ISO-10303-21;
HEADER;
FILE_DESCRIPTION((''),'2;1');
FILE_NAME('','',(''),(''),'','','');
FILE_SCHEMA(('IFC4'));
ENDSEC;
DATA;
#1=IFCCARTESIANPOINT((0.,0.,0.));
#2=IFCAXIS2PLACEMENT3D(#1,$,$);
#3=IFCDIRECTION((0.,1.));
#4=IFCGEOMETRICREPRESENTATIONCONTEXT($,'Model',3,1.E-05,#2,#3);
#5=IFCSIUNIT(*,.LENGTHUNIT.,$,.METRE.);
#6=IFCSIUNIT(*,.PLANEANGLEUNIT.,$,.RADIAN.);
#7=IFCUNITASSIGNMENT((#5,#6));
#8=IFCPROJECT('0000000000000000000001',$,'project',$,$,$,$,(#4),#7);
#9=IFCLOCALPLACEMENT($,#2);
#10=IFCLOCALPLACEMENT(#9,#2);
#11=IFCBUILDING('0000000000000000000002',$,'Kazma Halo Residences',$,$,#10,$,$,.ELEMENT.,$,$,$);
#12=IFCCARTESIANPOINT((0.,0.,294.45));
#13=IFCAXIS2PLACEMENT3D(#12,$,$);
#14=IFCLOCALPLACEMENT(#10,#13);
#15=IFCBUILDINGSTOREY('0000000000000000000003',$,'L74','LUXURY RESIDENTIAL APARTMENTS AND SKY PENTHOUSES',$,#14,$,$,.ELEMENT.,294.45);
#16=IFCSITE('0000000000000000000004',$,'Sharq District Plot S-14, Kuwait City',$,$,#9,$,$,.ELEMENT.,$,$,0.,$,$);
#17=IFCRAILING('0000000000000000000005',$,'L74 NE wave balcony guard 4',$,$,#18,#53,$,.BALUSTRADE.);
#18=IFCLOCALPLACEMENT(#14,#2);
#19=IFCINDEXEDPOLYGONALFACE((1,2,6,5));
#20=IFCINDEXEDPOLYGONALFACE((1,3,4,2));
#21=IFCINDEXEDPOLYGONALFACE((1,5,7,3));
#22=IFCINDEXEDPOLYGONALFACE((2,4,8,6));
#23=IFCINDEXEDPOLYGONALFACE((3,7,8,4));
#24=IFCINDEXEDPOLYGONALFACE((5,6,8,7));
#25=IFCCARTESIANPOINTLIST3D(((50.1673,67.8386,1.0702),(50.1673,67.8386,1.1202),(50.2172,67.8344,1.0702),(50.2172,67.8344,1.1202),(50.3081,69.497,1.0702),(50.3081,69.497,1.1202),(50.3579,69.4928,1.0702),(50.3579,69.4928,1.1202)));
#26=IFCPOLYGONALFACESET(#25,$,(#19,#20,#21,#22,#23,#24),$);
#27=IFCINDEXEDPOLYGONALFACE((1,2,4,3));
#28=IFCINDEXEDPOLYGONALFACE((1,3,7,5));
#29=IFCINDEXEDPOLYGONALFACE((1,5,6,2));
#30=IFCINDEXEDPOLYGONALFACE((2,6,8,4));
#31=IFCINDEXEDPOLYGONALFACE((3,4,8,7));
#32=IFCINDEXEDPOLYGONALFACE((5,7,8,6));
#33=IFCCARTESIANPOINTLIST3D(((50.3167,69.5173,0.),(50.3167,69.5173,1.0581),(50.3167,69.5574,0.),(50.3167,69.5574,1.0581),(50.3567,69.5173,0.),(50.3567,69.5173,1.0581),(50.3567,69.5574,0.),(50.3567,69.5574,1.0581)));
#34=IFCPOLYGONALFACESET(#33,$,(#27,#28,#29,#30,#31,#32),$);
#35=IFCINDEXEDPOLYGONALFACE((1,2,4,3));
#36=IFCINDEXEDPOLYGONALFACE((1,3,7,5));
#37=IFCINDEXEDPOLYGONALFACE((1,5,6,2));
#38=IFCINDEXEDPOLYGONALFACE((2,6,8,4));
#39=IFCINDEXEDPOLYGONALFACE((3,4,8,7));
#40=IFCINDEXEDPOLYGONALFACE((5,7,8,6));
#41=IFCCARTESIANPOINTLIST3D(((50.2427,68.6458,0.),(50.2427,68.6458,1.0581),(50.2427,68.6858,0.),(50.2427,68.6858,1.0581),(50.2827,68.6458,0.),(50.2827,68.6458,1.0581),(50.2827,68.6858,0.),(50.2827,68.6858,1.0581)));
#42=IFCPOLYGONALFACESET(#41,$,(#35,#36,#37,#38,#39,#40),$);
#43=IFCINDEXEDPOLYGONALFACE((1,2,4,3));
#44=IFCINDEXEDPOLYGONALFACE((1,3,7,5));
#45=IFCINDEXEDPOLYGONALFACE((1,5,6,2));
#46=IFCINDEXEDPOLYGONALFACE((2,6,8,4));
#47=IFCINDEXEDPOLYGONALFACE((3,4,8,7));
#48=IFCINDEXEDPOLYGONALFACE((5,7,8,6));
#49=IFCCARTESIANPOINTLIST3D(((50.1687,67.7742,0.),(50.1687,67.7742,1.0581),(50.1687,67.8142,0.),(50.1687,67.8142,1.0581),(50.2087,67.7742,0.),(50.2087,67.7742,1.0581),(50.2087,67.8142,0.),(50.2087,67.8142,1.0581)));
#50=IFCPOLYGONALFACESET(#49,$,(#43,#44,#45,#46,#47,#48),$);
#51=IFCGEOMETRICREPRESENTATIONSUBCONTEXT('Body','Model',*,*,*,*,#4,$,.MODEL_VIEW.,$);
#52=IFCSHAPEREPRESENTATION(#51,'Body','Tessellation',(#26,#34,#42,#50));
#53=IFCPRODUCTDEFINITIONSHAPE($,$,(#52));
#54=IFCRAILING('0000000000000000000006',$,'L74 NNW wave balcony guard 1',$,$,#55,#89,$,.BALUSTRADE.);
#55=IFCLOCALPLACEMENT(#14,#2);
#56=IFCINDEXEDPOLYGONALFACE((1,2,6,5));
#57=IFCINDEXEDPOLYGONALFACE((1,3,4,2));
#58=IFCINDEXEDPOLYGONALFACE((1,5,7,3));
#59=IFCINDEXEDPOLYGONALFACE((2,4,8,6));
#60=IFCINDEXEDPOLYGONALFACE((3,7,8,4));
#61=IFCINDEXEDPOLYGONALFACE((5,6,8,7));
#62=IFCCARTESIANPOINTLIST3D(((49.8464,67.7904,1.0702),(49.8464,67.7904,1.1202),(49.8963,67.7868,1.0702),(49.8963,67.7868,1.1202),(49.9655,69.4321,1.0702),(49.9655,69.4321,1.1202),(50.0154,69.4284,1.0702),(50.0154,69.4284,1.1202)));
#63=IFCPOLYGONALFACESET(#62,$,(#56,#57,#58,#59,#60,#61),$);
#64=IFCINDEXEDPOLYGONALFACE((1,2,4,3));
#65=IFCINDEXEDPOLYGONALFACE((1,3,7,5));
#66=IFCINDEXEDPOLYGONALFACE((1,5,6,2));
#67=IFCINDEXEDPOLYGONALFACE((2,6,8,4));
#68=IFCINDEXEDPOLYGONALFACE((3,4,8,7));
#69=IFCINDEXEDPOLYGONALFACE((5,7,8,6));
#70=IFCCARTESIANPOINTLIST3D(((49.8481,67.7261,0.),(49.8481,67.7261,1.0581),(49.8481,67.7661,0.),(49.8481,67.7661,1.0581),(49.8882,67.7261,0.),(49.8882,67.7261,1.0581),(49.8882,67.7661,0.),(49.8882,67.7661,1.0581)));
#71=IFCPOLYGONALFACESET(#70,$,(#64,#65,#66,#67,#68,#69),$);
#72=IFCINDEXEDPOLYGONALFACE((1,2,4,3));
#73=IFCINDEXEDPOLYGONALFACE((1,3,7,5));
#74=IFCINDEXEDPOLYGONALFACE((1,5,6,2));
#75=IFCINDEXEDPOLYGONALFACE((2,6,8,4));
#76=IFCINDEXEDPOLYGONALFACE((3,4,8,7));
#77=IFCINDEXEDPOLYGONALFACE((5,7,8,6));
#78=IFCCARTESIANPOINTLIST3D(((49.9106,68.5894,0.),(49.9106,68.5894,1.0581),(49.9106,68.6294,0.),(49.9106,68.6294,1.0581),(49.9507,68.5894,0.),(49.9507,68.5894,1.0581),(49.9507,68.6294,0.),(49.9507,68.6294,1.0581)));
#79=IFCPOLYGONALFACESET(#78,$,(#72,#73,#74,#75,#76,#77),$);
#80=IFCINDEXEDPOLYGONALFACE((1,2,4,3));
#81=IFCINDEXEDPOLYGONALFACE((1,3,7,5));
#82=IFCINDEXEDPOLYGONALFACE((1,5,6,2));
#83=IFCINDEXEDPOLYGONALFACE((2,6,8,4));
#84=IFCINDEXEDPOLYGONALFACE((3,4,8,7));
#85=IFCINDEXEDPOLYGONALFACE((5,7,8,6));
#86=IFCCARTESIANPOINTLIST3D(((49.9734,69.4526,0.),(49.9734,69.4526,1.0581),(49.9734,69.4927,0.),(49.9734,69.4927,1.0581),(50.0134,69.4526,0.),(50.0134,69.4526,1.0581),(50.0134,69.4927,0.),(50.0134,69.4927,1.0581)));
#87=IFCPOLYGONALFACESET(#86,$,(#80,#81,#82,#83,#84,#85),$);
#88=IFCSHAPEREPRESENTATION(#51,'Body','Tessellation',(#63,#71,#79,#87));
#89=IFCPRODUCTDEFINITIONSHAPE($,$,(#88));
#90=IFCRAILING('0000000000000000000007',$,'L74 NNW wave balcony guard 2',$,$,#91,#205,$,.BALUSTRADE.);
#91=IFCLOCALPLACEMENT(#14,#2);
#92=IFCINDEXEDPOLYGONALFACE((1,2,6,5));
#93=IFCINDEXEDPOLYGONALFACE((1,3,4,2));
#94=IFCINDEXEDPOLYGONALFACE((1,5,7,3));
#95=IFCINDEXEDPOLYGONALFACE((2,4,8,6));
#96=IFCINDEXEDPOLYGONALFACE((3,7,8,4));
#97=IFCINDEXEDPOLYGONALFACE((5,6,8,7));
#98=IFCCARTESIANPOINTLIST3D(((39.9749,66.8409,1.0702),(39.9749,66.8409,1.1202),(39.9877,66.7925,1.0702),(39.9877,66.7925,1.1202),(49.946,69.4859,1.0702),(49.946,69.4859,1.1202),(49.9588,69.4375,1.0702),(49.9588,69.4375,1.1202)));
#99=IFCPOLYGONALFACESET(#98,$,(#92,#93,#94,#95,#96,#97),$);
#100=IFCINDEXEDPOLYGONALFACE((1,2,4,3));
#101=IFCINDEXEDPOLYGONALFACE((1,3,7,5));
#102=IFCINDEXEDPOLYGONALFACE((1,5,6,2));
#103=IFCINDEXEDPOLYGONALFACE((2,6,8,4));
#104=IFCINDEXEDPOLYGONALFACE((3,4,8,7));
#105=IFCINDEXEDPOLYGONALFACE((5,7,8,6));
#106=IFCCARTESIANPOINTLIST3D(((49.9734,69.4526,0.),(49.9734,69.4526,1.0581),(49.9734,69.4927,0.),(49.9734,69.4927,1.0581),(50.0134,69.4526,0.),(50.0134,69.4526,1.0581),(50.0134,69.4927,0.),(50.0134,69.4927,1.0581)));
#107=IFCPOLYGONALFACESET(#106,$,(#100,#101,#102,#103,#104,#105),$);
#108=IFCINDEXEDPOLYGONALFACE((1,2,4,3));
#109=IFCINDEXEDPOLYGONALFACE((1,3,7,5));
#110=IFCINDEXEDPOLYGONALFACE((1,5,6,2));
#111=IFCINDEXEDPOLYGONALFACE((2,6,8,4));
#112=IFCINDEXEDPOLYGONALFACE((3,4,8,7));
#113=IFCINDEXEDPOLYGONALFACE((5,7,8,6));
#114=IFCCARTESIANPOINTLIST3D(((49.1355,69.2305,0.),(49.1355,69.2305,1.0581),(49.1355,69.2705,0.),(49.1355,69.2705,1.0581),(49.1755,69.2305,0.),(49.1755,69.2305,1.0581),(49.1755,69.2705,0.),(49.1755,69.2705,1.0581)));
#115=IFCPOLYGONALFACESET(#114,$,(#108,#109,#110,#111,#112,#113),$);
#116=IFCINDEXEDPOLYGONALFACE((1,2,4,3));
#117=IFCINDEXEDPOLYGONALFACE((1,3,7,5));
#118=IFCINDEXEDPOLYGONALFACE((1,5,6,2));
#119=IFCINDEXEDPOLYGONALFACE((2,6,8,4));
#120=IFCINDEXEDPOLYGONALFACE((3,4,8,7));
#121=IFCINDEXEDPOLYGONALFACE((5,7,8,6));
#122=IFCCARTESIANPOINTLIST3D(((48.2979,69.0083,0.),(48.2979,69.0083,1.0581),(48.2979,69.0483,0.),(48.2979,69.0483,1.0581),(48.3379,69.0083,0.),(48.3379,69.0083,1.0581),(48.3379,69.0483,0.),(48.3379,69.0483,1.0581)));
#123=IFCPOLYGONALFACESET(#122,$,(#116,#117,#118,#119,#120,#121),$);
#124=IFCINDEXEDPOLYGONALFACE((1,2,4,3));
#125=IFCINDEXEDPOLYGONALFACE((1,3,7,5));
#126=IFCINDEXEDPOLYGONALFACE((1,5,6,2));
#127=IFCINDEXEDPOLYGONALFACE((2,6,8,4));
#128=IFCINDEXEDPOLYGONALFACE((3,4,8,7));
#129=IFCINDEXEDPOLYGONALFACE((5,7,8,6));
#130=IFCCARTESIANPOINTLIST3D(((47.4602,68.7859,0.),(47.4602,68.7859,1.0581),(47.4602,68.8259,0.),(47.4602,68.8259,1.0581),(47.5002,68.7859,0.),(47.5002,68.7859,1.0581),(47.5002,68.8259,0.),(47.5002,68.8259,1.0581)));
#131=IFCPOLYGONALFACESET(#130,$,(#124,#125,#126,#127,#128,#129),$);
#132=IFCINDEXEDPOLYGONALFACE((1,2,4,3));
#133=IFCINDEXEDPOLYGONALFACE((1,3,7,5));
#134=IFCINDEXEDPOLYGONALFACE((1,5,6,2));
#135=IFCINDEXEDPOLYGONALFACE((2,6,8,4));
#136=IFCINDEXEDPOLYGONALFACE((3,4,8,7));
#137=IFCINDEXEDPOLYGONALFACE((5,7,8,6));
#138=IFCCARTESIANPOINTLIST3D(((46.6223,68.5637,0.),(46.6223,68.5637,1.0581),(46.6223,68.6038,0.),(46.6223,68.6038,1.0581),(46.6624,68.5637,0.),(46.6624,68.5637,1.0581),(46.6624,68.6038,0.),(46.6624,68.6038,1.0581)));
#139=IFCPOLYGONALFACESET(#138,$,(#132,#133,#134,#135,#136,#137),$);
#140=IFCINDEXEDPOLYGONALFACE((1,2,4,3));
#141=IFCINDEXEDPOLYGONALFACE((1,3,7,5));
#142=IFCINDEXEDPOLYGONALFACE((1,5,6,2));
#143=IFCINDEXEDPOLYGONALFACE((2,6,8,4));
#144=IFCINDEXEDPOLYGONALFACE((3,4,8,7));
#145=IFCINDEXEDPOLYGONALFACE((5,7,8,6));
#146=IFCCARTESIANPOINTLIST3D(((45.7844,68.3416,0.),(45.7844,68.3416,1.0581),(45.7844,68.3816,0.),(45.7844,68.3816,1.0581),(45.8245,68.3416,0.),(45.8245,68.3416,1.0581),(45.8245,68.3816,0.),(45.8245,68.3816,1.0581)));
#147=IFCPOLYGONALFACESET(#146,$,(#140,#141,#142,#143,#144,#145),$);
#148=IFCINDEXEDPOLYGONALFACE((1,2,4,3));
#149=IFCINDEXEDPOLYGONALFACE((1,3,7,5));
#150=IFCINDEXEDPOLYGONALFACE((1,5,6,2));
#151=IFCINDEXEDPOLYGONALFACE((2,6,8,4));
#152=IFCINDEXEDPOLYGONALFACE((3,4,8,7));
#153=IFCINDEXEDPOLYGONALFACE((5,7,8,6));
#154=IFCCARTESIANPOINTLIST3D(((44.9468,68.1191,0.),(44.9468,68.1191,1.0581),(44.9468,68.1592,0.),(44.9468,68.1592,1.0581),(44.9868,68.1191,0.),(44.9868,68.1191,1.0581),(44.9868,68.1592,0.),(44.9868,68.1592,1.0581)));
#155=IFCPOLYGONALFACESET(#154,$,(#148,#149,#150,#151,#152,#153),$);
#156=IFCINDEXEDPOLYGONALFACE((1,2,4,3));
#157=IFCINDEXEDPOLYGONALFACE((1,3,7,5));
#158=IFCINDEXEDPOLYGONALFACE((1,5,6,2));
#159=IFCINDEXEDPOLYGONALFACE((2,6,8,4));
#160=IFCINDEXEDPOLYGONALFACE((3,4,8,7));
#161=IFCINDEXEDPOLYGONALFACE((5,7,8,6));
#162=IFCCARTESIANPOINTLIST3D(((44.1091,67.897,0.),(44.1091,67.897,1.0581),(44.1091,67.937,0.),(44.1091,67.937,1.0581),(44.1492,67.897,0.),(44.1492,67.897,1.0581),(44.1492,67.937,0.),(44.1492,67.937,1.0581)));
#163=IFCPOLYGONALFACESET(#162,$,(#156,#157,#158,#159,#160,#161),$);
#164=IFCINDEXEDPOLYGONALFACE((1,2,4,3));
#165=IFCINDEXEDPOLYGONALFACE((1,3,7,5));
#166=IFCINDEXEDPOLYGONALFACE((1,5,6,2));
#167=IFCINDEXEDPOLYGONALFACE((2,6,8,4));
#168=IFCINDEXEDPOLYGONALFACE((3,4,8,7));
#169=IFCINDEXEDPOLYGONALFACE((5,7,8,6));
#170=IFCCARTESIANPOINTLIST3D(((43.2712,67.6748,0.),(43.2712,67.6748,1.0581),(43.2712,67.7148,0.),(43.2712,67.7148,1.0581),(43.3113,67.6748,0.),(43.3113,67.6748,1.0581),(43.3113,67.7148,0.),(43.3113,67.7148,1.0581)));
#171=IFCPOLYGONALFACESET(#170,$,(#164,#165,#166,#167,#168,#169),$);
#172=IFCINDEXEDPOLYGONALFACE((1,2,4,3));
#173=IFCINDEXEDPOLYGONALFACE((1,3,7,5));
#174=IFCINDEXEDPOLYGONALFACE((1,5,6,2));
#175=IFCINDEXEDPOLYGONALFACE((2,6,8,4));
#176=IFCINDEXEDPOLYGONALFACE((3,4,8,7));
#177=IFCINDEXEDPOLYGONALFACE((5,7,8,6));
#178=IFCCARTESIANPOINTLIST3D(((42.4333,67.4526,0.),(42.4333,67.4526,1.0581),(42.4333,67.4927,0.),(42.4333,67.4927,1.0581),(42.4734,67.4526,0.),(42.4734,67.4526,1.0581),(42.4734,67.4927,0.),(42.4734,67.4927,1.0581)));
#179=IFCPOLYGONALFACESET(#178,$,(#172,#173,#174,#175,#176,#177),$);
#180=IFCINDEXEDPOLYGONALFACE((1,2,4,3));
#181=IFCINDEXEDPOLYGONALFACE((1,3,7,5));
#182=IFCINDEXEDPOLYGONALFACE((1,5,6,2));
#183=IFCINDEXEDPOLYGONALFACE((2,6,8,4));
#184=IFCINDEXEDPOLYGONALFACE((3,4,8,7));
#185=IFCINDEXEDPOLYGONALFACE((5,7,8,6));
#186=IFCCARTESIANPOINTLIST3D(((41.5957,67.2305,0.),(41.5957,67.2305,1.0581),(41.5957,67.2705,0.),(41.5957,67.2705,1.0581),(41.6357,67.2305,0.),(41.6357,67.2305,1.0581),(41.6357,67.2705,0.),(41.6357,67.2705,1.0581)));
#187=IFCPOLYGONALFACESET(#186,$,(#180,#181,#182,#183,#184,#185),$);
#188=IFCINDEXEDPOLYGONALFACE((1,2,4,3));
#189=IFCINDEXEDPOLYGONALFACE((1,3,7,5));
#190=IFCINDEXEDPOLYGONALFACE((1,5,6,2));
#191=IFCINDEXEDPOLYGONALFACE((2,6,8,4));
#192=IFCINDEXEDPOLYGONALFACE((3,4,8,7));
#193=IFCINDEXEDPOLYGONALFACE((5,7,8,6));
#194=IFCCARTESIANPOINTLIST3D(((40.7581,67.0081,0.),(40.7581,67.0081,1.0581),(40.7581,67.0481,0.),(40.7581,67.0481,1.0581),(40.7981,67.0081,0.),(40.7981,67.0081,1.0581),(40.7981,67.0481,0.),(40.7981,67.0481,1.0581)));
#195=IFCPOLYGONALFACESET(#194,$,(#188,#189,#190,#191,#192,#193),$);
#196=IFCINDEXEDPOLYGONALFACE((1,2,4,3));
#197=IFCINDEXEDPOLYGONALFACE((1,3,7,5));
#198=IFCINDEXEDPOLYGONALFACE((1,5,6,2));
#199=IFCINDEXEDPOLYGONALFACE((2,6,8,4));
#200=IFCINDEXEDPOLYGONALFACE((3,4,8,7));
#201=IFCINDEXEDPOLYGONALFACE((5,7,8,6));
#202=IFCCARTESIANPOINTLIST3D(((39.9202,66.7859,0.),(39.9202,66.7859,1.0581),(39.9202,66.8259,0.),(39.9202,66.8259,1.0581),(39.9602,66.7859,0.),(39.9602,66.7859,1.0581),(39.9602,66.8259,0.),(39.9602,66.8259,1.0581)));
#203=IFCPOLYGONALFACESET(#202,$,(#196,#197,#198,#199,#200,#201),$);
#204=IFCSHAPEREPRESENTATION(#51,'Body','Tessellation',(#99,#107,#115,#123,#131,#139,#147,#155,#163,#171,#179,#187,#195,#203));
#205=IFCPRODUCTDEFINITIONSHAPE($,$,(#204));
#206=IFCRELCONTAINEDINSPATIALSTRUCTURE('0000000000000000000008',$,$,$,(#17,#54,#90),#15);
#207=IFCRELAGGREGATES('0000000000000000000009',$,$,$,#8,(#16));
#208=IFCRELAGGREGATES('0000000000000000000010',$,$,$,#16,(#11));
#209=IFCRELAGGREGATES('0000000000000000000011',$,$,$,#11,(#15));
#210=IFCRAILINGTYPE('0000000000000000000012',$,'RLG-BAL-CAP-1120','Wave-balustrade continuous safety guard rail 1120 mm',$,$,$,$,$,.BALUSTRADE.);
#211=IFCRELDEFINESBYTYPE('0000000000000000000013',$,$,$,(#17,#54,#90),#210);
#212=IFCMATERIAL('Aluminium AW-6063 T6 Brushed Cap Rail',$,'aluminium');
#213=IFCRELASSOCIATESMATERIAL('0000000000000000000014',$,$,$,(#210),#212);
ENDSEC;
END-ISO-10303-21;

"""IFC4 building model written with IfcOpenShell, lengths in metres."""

from ifc_helpers import new_model, si_unit, direction, frame, origin, origin_2d, place, context, subcontext, project, spatial, rectangle, extrude, material, type_object, element, save


model = new_model("IFC4")

# Units and contexts
model_context = context("Model", 3, precision=1e-05, world=origin(), true_north=direction((0.0, 1.0)))
body_context = subcontext(model_context, "Body", "Model", "MODEL_VIEW")
ifc_project = project(units=[si_unit("LENGTHUNIT", "METRE"), si_unit("PLANEANGLEUNIT", "RADIAN")], contexts=[model_context])

# Site, building, storey
site_placement = place(None, origin())
site = spatial("IfcSite", under=ifc_project, at=site_placement, Name="Sharq District Plot S-14, Kuwait City", CompositionType="ELEMENT", RefElevation=0.0)
building_placement = place(site_placement, origin())
building = spatial("IfcBuilding", under=site, at=building_placement, Name="Kazma Halo Residences", CompositionType="ELEMENT")
storey_placement = place(building_placement, frame((0.0, 0.0, 294.45)))
storey = spatial("IfcBuildingStorey", under=building, at=storey_placement, Name="L74", Description="LUXURY RESIDENTIAL APARTMENTS AND SKY PENTHOUSES", CompositionType="ELEMENT", Elevation=294.45)

# Railings
ifc_material_1 = material(Name="Aluminium AW-6063 T6 Brushed Cap Rail", Category="aluminium")
railing_type = type_object("IfcRailingType", Name="RLG-BAL-CAP-1120", Description="Wave-balustrade continuous safety guard rail 1120 mm", PredefinedType="BALUSTRADE", material=ifc_material_1)
railing_1_placement = place(storey_placement, frame((50.3367, 69.5374, 0.0)))
element("IfcRailing", 1, at=railing_1_placement, inside=storey, type_object=railing_type, Name="L74 NE wave balcony guard 4", PredefinedType="BALUSTRADE", context=body_context, shape_type="SweptSolid", body=[
    extrude(rectangle(XDim=0.05, YDim=0.05, at=origin_2d()), frame((-0.0037, -0.0425, 1.0952), z_axis=(-0.08457, -0.996418, 0.0), x_axis=(0.996418, -0.08457, 0.0)), (0.0, 0.0, 1.0), 1.6643),
    extrude(rectangle(XDim=0.04, YDim=0.04, at=origin_2d()), origin(), (0.0, 0.0, 1.0), 1.0581),
    extrude(rectangle(XDim=0.04, YDim=0.04, at=origin_2d()), frame((-0.074, -0.8716, 0.0)), (0.0, 0.0, 1.0), 1.0581),
    extrude(rectangle(XDim=0.04, YDim=0.04, at=origin_2d()), frame((-0.1479, -1.7432, 0.0)), (0.0, 0.0, 1.0), 1.0581),
])
railing_2_placement = place(storey_placement, frame((49.8682, 67.7461, 0.0)))
element("IfcRailing", 2, at=railing_2_placement, inside=storey, type_object=railing_type, Name="L74 NNW wave balcony guard 1", PredefinedType="BALUSTRADE", context=body_context, shape_type="SweptSolid", body=[
    extrude(rectangle(XDim=0.05, YDim=0.05, at=origin_2d()), frame((0.0032, 0.0425, 1.0952), z_axis=(0.072349, 0.997379, 0.0), x_axis=(-0.997379, 0.072349, 0.0)), (0.0, 0.0, 1.0), 1.646),
    extrude(rectangle(XDim=0.04, YDim=0.04, at=origin_2d()), origin(), (0.0, 0.0, 1.0), 1.0581),
    extrude(rectangle(XDim=0.04, YDim=0.04, at=origin_2d()), frame((0.0625, 0.8633, 0.0)), (0.0, 0.0, 1.0), 1.0581),
    extrude(rectangle(XDim=0.04, YDim=0.04, at=origin_2d()), frame((0.1252, 1.7266, 0.0)), (0.0, 0.0, 1.0), 1.0581),
])
railing_3_placement = place(storey_placement, frame((49.9934, 69.4727, 0.0)))
element("IfcRailing", 3, at=railing_3_placement, inside=storey, type_object=railing_type, Name="L74 NNW wave balcony guard 2", PredefinedType="BALUSTRADE", context=body_context, shape_type="SweptSolid", body=[
    extrude(rectangle(XDim=0.05, YDim=0.05, at=origin_2d()), frame((-0.041, -0.011, 1.0952), z_axis=(-0.966572, -0.256396, 0.0), x_axis=(0.256396, -0.966572, 0.0)), (0.0, 0.0, 1.0), 10.3159),
    extrude(rectangle(XDim=0.04, YDim=0.04, at=origin_2d()), origin(), (0.0, 0.0, 1.0), 1.0581),
    extrude(rectangle(XDim=0.04, YDim=0.04, at=origin_2d()), frame((-0.8379, -0.2222, 0.0)), (0.0, 0.0, 1.0), 1.0581),
    extrude(rectangle(XDim=0.04, YDim=0.04, at=origin_2d()), frame((-1.6755, -0.4443, 0.0)), (0.0, 0.0, 1.0), 1.0581),
    extrude(rectangle(XDim=0.04, YDim=0.04, at=origin_2d()), frame((-2.5132, -0.6667, 0.0)), (0.0, 0.0, 1.0), 1.0581),
    extrude(rectangle(XDim=0.04, YDim=0.04, at=origin_2d()), frame((-3.3511, -0.8889, 0.0)), (0.0, 0.0, 1.0), 1.0581),
    extrude(rectangle(XDim=0.04, YDim=0.04, at=origin_2d()), frame((-4.189, -1.1111, 0.0)), (0.0, 0.0, 1.0), 1.0581),
    extrude(rectangle(XDim=0.04, YDim=0.04, at=origin_2d()), frame((-5.0266, -1.3335, 0.0)), (0.0, 0.0, 1.0), 1.0581),
    extrude(rectangle(XDim=0.04, YDim=0.04, at=origin_2d()), frame((-5.8643, -1.5557, 0.0)), (0.0, 0.0, 1.0), 1.0581),
    extrude(rectangle(XDim=0.04, YDim=0.04, at=origin_2d()), frame((-6.7021, -1.7778, 0.0)), (0.0, 0.0, 1.0), 1.0581),
    extrude(rectangle(XDim=0.04, YDim=0.04, at=origin_2d()), frame((-7.54, -2.0, 0.0)), (0.0, 0.0, 1.0), 1.0581),
    extrude(rectangle(XDim=0.04, YDim=0.04, at=origin_2d()), frame((-8.3777, -2.2222, 0.0)), (0.0, 0.0, 1.0), 1.0581),
    extrude(rectangle(XDim=0.04, YDim=0.04, at=origin_2d()), frame((-9.2153, -2.4446, 0.0)), (0.0, 0.0, 1.0), 1.0581),
    extrude(rectangle(XDim=0.04, YDim=0.04, at=origin_2d()), frame((-10.0532, -2.6667, 0.0)), (0.0, 0.0, 1.0), 1.0581),
])

save(model, "model.ifc")
